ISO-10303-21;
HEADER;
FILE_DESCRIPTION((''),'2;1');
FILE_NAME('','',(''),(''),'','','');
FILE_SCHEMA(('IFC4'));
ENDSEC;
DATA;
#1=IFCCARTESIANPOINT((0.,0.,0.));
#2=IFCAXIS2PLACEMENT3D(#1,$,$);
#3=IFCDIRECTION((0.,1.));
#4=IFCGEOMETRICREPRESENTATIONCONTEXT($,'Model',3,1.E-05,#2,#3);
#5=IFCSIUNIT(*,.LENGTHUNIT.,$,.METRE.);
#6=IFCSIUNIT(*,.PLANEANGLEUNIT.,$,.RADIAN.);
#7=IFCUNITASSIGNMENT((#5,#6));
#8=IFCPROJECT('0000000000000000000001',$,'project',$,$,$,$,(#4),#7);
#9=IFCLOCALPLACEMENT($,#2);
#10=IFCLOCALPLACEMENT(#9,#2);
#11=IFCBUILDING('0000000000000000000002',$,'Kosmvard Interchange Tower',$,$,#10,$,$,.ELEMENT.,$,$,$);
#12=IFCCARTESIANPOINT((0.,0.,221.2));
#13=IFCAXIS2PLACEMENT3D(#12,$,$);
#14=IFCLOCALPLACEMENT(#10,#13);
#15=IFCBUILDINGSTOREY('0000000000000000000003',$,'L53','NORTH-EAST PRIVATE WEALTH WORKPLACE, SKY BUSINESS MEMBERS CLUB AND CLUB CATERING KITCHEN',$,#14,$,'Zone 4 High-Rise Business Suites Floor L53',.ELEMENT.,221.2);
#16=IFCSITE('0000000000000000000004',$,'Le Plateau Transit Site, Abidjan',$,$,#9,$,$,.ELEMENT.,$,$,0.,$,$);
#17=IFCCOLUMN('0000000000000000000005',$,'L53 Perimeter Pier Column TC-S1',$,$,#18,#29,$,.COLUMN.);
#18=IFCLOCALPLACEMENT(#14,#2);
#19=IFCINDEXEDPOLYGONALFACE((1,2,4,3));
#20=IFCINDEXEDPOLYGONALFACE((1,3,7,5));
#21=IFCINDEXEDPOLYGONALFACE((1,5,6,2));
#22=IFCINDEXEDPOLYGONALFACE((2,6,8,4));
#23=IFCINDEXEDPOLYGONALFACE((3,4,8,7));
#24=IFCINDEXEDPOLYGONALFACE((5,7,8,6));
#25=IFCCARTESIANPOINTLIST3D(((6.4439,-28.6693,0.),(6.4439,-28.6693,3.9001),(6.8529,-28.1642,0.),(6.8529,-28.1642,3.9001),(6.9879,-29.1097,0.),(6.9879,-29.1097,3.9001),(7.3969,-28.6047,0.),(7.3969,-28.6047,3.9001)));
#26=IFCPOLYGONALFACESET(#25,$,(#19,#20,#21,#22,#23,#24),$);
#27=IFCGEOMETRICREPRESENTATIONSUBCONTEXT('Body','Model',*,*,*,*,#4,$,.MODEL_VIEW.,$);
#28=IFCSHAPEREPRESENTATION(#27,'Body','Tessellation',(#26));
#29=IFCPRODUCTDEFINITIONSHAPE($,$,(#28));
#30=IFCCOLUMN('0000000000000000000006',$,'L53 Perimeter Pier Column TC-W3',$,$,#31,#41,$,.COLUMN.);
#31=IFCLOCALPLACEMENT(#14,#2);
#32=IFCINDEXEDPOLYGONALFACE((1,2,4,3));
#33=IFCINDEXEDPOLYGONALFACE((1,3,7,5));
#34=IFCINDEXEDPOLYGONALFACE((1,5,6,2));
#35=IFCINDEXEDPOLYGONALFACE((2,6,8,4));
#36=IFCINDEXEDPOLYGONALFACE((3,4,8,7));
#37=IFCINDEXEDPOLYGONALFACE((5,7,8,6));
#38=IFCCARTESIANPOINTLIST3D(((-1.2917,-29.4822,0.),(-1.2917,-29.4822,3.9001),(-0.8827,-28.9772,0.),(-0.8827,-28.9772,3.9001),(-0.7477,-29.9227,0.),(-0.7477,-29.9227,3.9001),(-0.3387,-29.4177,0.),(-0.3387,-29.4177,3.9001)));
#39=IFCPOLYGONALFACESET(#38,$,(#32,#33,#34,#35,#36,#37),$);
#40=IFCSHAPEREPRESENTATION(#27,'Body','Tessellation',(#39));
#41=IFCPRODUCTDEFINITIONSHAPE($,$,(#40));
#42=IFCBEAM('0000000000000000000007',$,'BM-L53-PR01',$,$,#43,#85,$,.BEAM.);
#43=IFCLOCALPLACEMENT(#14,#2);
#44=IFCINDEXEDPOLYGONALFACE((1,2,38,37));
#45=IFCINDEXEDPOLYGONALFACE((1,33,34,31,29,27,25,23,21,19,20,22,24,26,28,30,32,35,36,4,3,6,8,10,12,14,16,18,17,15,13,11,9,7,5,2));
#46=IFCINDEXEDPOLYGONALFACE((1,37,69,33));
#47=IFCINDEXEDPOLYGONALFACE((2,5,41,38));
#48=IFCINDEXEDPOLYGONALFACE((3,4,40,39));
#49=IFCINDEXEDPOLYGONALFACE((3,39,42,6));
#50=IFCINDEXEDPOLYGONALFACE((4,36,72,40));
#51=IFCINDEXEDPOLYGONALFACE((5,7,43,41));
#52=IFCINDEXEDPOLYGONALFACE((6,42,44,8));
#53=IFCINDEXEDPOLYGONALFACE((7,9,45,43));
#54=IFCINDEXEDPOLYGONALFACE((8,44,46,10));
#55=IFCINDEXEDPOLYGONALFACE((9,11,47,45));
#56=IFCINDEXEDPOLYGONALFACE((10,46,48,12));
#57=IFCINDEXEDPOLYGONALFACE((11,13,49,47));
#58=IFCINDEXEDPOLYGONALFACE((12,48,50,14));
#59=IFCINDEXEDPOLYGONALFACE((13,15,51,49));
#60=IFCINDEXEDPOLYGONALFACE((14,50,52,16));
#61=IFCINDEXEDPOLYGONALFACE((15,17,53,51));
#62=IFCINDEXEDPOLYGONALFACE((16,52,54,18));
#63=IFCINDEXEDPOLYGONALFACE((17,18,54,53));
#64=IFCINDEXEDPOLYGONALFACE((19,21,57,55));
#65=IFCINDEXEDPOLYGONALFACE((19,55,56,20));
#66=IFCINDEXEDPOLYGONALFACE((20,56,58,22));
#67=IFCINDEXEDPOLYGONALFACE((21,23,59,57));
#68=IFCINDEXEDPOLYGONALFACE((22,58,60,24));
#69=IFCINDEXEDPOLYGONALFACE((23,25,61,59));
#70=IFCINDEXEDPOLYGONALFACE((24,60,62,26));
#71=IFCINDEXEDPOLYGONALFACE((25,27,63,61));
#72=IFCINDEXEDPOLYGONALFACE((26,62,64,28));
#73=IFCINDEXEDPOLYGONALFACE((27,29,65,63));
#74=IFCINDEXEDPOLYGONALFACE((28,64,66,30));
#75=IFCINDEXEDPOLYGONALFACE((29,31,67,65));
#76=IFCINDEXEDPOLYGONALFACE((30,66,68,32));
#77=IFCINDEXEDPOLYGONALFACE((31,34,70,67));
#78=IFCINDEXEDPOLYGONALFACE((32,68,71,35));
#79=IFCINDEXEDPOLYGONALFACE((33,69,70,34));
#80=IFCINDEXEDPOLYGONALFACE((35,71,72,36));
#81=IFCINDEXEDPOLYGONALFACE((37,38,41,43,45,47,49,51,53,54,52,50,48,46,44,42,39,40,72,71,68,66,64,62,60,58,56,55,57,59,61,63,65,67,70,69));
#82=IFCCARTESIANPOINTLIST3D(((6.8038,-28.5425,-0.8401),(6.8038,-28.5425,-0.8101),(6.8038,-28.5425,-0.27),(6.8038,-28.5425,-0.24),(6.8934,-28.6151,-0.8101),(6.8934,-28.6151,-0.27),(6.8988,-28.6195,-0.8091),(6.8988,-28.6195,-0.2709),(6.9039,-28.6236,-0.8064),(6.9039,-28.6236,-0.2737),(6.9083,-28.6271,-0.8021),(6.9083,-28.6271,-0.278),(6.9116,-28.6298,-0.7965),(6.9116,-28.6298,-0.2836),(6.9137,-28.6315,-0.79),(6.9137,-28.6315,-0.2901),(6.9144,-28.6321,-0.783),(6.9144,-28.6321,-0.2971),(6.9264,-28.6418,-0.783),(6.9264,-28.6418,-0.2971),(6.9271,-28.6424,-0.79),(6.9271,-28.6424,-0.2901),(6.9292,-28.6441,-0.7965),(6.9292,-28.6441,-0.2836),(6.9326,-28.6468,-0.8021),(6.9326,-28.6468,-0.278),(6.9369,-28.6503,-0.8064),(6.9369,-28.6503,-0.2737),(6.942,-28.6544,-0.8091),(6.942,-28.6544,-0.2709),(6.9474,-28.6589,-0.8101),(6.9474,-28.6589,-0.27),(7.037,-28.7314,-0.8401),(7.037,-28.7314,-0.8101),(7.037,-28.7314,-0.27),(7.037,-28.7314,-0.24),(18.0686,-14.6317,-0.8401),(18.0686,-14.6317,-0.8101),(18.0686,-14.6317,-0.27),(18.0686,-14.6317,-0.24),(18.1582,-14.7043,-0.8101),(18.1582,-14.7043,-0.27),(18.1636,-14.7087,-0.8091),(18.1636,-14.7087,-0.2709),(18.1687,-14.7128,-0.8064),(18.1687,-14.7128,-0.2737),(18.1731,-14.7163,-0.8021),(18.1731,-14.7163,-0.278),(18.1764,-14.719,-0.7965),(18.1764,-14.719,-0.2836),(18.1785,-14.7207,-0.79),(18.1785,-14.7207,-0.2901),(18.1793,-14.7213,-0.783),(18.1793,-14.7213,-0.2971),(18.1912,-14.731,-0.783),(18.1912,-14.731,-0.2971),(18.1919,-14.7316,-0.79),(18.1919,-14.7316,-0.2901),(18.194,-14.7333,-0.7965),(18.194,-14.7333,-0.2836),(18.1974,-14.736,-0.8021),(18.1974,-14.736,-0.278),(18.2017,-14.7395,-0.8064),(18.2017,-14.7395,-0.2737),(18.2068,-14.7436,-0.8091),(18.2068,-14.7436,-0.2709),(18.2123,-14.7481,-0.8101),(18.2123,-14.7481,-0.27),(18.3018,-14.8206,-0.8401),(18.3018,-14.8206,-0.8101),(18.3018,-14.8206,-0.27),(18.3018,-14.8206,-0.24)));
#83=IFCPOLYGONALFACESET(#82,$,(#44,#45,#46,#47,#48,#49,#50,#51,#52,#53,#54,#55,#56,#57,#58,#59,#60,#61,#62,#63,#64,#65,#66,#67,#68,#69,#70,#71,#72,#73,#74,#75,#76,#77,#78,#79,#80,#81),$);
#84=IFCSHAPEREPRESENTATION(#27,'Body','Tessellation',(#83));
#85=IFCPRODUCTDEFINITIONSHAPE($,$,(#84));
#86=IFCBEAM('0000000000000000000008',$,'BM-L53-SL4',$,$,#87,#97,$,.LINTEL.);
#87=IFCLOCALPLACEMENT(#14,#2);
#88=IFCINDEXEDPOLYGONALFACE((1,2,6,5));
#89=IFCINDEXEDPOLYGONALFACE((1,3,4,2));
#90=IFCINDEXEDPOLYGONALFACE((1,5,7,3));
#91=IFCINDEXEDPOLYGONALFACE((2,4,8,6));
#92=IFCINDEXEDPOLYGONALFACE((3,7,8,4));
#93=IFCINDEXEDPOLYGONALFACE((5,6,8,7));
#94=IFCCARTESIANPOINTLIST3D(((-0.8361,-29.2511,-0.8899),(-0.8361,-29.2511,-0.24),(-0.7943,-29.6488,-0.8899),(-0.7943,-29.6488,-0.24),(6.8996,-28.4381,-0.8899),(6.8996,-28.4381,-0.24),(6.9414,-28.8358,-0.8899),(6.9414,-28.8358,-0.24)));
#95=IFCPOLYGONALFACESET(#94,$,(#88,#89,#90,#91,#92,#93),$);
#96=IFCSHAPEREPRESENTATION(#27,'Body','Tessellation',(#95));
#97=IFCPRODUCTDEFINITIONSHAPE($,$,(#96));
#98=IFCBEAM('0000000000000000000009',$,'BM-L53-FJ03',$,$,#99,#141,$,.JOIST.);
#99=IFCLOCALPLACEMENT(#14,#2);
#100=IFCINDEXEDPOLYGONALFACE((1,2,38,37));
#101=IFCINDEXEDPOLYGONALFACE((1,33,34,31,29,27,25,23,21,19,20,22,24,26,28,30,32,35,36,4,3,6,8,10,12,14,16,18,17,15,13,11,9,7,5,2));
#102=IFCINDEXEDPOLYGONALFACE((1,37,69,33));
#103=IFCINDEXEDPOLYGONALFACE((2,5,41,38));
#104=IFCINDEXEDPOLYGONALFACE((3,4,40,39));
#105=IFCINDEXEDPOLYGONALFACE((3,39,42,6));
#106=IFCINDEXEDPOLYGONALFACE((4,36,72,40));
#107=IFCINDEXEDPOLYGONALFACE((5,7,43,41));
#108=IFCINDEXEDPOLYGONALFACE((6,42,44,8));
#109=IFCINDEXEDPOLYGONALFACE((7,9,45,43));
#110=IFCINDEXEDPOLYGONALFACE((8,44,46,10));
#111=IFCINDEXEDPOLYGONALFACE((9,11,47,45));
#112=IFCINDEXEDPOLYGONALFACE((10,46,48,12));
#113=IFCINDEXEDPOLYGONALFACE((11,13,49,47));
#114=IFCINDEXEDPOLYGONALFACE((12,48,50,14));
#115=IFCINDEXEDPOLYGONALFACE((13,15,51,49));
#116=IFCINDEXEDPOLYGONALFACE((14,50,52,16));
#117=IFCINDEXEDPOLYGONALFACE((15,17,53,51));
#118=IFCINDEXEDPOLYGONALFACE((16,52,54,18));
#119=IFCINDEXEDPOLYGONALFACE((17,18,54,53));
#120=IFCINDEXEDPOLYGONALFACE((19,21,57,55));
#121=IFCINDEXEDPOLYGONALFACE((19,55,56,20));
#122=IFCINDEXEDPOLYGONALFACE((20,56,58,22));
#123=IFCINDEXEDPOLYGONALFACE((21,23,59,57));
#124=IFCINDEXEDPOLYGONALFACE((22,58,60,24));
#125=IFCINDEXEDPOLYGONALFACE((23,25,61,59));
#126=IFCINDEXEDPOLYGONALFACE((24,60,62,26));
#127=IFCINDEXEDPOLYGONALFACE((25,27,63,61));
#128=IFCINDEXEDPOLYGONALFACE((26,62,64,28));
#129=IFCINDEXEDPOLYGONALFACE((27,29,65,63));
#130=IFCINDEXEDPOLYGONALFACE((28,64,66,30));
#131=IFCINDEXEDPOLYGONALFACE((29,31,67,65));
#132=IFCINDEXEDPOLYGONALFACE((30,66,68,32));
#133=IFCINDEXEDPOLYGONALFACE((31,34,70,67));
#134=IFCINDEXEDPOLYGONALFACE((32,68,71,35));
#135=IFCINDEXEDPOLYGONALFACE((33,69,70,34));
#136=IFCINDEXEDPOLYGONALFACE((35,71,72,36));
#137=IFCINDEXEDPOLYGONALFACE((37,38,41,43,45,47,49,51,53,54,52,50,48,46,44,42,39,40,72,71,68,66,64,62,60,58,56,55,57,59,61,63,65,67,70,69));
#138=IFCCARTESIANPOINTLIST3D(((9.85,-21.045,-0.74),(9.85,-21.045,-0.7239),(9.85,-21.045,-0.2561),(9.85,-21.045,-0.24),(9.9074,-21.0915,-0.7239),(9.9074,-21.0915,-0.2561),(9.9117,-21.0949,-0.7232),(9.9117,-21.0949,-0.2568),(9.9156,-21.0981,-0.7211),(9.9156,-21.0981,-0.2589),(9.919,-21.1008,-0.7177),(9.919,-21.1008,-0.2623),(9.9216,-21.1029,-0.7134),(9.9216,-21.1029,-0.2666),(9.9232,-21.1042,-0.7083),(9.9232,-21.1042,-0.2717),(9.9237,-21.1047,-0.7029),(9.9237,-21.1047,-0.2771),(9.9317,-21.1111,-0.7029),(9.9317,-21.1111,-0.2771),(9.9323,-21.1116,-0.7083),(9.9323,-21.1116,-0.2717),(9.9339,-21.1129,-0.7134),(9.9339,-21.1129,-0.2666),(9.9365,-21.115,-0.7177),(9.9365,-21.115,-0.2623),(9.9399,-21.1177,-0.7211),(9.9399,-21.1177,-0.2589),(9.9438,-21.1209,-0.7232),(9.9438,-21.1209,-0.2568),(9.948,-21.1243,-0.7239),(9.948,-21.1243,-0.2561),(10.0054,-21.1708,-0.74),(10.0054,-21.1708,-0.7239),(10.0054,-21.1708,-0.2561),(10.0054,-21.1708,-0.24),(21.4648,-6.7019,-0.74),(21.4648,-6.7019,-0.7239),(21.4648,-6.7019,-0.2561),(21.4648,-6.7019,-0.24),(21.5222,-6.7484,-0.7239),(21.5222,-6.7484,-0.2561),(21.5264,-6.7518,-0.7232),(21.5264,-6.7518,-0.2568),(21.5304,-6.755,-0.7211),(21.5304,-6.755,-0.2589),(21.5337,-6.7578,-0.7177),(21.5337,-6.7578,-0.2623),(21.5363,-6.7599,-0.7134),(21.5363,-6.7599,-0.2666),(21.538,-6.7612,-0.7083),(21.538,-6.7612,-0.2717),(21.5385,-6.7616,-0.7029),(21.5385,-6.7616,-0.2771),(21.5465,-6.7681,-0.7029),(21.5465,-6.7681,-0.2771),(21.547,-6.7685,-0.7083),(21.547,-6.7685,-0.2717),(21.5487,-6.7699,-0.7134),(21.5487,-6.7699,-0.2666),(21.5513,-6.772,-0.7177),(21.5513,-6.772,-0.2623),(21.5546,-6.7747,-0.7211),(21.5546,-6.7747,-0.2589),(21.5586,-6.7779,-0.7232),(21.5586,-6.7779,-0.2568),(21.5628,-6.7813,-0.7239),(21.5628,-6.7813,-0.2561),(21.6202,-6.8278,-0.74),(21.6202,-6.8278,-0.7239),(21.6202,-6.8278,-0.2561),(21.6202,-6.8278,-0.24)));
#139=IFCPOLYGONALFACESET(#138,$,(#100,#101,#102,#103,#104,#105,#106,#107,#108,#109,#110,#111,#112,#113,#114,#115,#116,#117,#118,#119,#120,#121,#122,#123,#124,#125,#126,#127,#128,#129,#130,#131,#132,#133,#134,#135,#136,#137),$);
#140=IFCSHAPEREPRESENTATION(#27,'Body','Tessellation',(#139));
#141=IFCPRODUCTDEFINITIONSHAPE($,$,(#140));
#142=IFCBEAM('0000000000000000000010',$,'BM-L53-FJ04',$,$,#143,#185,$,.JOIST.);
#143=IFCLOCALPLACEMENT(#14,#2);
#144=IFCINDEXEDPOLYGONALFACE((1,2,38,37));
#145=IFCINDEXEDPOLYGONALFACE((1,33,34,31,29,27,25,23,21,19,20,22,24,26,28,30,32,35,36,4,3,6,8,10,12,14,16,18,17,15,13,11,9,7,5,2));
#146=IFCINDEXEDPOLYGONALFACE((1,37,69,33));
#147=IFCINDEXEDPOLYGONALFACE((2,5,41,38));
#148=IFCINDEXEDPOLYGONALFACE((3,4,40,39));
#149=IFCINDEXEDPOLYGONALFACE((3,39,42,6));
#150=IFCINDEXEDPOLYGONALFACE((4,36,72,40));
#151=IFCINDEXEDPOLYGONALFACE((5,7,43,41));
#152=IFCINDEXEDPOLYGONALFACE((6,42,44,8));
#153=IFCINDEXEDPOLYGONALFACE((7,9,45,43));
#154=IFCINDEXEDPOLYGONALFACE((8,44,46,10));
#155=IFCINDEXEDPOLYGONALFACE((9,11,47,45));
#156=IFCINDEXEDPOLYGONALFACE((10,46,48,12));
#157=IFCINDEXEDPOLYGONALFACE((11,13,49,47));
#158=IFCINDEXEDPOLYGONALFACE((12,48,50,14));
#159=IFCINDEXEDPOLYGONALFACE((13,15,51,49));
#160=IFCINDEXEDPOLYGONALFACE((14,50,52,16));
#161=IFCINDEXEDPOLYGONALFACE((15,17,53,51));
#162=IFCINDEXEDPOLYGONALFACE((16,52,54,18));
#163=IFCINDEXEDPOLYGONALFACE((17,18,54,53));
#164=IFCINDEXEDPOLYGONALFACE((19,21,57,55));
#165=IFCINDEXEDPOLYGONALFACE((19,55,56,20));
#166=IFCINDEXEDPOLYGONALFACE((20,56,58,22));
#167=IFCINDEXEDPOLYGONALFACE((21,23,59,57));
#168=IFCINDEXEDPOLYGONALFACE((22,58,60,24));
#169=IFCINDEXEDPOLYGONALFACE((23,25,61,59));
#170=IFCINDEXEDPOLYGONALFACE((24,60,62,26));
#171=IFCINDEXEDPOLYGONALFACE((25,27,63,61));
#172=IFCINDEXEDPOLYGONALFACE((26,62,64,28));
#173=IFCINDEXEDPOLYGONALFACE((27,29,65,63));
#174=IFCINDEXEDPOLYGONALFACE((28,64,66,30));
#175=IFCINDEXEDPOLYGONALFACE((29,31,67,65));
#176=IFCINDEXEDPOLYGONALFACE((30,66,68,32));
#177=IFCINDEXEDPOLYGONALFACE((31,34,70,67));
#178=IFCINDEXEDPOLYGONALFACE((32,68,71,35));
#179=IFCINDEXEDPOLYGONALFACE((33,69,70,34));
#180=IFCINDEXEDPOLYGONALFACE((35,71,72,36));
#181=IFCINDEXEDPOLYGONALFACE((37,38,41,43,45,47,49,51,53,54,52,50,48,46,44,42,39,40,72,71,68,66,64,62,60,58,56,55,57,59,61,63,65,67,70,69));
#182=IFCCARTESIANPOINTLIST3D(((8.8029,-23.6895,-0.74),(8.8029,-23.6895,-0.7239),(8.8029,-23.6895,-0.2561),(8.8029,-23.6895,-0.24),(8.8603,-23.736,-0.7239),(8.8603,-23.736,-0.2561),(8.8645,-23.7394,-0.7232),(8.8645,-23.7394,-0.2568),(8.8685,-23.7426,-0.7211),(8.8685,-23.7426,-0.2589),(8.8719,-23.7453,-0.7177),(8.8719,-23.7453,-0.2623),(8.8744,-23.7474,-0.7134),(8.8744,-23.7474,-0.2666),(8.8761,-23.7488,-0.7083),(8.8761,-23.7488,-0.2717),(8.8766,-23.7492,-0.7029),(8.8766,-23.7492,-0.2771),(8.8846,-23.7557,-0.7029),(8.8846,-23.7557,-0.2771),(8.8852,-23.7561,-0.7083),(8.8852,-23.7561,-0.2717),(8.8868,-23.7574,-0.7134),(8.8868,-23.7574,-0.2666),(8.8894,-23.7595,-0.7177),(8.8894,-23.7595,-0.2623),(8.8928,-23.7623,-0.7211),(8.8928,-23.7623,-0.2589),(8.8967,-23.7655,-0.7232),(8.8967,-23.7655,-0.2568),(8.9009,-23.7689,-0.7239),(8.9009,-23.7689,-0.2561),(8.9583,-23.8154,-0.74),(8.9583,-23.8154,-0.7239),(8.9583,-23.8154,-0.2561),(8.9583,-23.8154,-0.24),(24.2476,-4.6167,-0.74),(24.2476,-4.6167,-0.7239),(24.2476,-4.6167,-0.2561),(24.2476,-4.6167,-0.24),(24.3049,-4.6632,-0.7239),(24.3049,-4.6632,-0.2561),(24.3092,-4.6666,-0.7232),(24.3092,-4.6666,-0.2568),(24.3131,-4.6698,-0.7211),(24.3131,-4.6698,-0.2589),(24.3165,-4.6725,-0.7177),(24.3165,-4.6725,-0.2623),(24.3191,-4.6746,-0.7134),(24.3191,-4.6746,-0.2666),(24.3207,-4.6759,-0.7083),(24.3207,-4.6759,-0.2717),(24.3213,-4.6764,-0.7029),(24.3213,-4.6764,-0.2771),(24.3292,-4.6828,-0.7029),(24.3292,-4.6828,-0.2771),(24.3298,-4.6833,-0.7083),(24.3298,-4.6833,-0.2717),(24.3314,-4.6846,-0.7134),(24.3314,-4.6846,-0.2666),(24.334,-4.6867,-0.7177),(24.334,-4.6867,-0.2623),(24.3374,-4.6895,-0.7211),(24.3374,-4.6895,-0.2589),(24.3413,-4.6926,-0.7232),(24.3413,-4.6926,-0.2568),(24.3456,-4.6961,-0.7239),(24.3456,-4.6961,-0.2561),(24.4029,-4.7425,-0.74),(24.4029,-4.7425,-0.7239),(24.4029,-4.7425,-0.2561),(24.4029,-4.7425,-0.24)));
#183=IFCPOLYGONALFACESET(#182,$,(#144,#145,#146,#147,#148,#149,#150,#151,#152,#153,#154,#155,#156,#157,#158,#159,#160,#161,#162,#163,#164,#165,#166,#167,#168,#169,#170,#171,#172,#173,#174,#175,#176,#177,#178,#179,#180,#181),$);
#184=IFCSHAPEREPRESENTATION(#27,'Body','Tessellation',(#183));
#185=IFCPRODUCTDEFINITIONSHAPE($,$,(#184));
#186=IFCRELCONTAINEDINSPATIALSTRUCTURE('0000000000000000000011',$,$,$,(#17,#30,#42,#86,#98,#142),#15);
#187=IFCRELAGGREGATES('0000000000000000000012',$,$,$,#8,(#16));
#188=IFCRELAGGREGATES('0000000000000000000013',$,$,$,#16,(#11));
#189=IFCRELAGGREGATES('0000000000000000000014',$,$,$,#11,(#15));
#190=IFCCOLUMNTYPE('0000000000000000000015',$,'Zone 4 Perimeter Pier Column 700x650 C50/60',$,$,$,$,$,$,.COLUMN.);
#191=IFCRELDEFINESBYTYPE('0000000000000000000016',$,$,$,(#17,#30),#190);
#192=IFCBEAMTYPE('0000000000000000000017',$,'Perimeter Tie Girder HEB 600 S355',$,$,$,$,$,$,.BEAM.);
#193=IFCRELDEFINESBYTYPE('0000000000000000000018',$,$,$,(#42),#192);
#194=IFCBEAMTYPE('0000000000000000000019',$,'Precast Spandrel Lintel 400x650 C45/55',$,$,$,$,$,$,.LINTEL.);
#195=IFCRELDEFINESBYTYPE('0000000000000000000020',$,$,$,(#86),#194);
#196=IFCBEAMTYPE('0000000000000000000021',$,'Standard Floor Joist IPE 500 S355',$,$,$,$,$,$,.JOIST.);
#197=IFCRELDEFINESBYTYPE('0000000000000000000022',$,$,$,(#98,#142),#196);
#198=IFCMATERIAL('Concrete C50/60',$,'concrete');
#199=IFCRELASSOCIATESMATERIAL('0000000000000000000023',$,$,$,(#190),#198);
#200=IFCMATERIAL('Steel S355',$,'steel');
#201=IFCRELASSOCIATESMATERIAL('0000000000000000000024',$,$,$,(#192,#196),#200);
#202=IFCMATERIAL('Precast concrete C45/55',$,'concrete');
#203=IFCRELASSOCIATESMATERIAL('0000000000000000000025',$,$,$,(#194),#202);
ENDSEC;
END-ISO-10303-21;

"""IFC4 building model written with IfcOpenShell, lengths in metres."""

from ifc_helpers import new_model, si_unit, direction, frame, origin, origin_2d, place, context, subcontext, project, spatial, rectangle, i_section, extrude, source, transform, mapped, material, material_profile, profile_set, type_object, element, save


model = new_model("IFC4")

# Units and contexts
model_context = context("Model", 3, precision=1e-05, world=origin(), true_north=direction((0.0, 1.0)))
body_context = subcontext(model_context, "Body", "Model", "MODEL_VIEW")
ifc_project = project(units=[si_unit("LENGTHUNIT", "METRE"), si_unit("PLANEANGLEUNIT", "RADIAN")], contexts=[model_context])

# Site, building, storey
site_placement = place(None, origin())
site = spatial("IfcSite", under=ifc_project, at=site_placement, Name="Le Plateau Transit Site, Abidjan", CompositionType="ELEMENT", RefElevation=0.0)
building_placement = place(site_placement, origin())
building = spatial("IfcBuilding", under=site, at=building_placement, Name="Kosmvard Interchange Tower", CompositionType="ELEMENT")
storey_placement = place(building_placement, frame((0.0, 0.0, 221.2)))
storey = spatial("IfcBuildingStorey", under=building, at=storey_placement, Name="L53", Description="NORTH-EAST PRIVATE WEALTH WORKPLACE, SKY BUSINESS MEMBERS CLUB AND CLUB CATERING KITCHEN", LongName="Zone 4 High-Rise Business Suites Floor L53", CompositionType="ELEMENT", Elevation=221.2)

# Columns
ifc_material_1 = material(Name="Concrete C50/60", Category="concrete")
ifc_material_profile_1 = material_profile(ifc_material_1, rectangle(XDim=0.6499, YDim=0.7, at=origin_2d()), Name="TC 700x650")
ifc_profile_set_1 = profile_set([ifc_material_profile_1], Name="Concrete C50/60")
column_type = type_object("IfcColumnType", Name="Zone 4 Perimeter Pier Column 700x650 C50/60", PredefinedType="COLUMN", material=ifc_profile_set_1)
shared_shape_1 = source(origin(), body_context, "Body", "SweptSolid", [
    extrude(rectangle(XDim=0.6499, YDim=0.7, at=origin_2d()), origin(), (0.0, 0.0, 1.0), 3.9001),
])
for number, where, z_axis, x_axis, name in (
    (1, (6.9204, -28.637, 0.0), (0.0, 0.0, 1.0), (0.62932, 0.777146, 0.0), "L53 Perimeter Pier Column TC-S1"),
    (2, (-0.8152, -29.45, 0.0), (0.0, 0.0, 1.0), (0.62932, 0.777146, 0.0), "L53 Perimeter Pier Column TC-W3"),
):
    element("IfcColumn", number, at=place(storey_placement, frame(where, z_axis=z_axis, x_axis=x_axis)), inside=storey, type_object=column_type, Name=name, PredefinedType="COLUMN", context=body_context, shape_type="MappedRepresentation", body=[
        mapped(shared_shape_1, transform((0.0, 0.0, 0.0), scale=1.0)),
    ])

# Beams
ifc_material_2 = material(Name="Steel S355", Category="steel")
ifc_material_profile_2 = material_profile(ifc_material_2, i_section(OverallWidth=0.3, OverallDepth=0.6001, WebThickness=0.0154, FlangeThickness=0.03, FilletRadius=0.0271, at=origin_2d()), Name="HEB 600")
ifc_profile_set_2 = profile_set([ifc_material_profile_2], Name="Steel S355")
beam_type_1 = type_object("IfcBeamType", Name="Perimeter Tie Girder HEB 600 S355", PredefinedType="BEAM", material=ifc_profile_set_2)
shared_shape_2 = source(origin(), body_context, "Body", "SweptSolid", [
    extrude(i_section(OverallWidth=0.3, OverallDepth=0.6001, WebThickness=0.0154, FlangeThickness=0.03, FilletRadius=0.0271, at=origin_2d()), origin(), (0.0, 0.0, 1.0), 17.8999),
])
beam_1_placement = place(storey_placement, frame((6.9204, -28.637, -0.54), z_axis=(0.629323, 0.777144, 0.0), x_axis=(-0.777144, 0.629323, 0.0)))
element("IfcBeam", 3, at=beam_1_placement, inside=storey, type_object=beam_type_1, Name="BM-L53-PR01", PredefinedType="BEAM", context=body_context, shape_type="MappedRepresentation", body=[
    mapped(shared_shape_2, transform((0.0, 0.0, 0.0), scale=1.0)),
])
ifc_material_3 = material(Name="Precast concrete C45/55", Category="concrete")
ifc_material_profile_3 = material_profile(ifc_material_3, rectangle(XDim=0.3999, YDim=0.6499, at=origin_2d()), Name="SL 400x650")
ifc_profile_set_3 = profile_set([ifc_material_profile_3], Name="Precast concrete C45/55")
beam_type_2 = type_object("IfcBeamType", Name="Precast Spandrel Lintel 400x650 C45/55", PredefinedType="LINTEL", material=ifc_profile_set_3)
shared_shape_3 = source(origin(), body_context, "Body", "SweptSolid", [
    extrude(rectangle(XDim=0.3999, YDim=0.6499, at=origin_2d()), origin(), (0.0, 0.0, 1.0), 7.7783),
])
beam_2_placement = place(storey_placement, frame((-0.8152, -29.45, -0.5649), z_axis=(0.994523, 0.104521, 0.0), x_axis=(-0.104521, 0.994523, 0.0)))
element("IfcBeam", 4, at=beam_2_placement, inside=storey, type_object=beam_type_2, Name="BM-L53-SL4", PredefinedType="LINTEL", context=body_context, shape_type="MappedRepresentation", body=[
    mapped(shared_shape_3, transform((0.0, 0.0, 0.0), scale=1.0)),
])
ifc_material_profile_4 = material_profile(ifc_material_2, i_section(OverallWidth=0.2, OverallDepth=0.5, WebThickness=0.0103, FlangeThickness=0.0161, FilletRadius=0.021, at=origin_2d()), Name="IPE 500")
ifc_profile_set_4 = profile_set([ifc_material_profile_4], Name="Steel S355")
beam_type_3 = type_object("IfcBeamType", Name="Standard Floor Joist IPE 500 S355", PredefinedType="JOIST", material=ifc_profile_set_4)
shared_shape_4 = source(origin(), body_context, "Body", "SweptSolid", [
    extrude(i_section(OverallWidth=0.2, OverallDepth=0.5, WebThickness=0.0103, FlangeThickness=0.0161, FilletRadius=0.021, at=origin_2d()), origin(), (0.0, 0.0, 1.0), 18.4561),
])
beam_3_placement = place(storey_placement, frame((9.9277, -21.1079, -0.49), z_axis=(0.62932, 0.777146, 0.0), x_axis=(-0.777146, 0.62932, 0.0)))
element("IfcBeam", 5, at=beam_3_placement, inside=storey, type_object=beam_type_3, Name="BM-L53-FJ03", PredefinedType="JOIST", context=body_context, shape_type="MappedRepresentation", body=[
    mapped(shared_shape_4, transform((0.0, 0.0, 0.0), scale=1.0)),
])
shared_shape_5 = source(origin(), body_context, "Body", "SweptSolid", [
    extrude(i_section(OverallWidth=0.2, OverallDepth=0.5, WebThickness=0.0103, FlangeThickness=0.0161, FilletRadius=0.021, at=origin_2d()), origin(), (0.0, 0.0, 1.0), 24.542),
])
beam_4_placement = place(storey_placement, frame((8.8806, -23.7524, -0.49), z_axis=(0.629315, 0.777151, 0.0), x_axis=(-0.777151, 0.629315, 0.0)))
element("IfcBeam", 6, at=beam_4_placement, inside=storey, type_object=beam_type_3, Name="BM-L53-FJ04", PredefinedType="JOIST", context=body_context, shape_type="MappedRepresentation", body=[
    mapped(shared_shape_5, transform((0.0, 0.0, 0.0), scale=1.0)),
])

save(model, "model.ifc")
